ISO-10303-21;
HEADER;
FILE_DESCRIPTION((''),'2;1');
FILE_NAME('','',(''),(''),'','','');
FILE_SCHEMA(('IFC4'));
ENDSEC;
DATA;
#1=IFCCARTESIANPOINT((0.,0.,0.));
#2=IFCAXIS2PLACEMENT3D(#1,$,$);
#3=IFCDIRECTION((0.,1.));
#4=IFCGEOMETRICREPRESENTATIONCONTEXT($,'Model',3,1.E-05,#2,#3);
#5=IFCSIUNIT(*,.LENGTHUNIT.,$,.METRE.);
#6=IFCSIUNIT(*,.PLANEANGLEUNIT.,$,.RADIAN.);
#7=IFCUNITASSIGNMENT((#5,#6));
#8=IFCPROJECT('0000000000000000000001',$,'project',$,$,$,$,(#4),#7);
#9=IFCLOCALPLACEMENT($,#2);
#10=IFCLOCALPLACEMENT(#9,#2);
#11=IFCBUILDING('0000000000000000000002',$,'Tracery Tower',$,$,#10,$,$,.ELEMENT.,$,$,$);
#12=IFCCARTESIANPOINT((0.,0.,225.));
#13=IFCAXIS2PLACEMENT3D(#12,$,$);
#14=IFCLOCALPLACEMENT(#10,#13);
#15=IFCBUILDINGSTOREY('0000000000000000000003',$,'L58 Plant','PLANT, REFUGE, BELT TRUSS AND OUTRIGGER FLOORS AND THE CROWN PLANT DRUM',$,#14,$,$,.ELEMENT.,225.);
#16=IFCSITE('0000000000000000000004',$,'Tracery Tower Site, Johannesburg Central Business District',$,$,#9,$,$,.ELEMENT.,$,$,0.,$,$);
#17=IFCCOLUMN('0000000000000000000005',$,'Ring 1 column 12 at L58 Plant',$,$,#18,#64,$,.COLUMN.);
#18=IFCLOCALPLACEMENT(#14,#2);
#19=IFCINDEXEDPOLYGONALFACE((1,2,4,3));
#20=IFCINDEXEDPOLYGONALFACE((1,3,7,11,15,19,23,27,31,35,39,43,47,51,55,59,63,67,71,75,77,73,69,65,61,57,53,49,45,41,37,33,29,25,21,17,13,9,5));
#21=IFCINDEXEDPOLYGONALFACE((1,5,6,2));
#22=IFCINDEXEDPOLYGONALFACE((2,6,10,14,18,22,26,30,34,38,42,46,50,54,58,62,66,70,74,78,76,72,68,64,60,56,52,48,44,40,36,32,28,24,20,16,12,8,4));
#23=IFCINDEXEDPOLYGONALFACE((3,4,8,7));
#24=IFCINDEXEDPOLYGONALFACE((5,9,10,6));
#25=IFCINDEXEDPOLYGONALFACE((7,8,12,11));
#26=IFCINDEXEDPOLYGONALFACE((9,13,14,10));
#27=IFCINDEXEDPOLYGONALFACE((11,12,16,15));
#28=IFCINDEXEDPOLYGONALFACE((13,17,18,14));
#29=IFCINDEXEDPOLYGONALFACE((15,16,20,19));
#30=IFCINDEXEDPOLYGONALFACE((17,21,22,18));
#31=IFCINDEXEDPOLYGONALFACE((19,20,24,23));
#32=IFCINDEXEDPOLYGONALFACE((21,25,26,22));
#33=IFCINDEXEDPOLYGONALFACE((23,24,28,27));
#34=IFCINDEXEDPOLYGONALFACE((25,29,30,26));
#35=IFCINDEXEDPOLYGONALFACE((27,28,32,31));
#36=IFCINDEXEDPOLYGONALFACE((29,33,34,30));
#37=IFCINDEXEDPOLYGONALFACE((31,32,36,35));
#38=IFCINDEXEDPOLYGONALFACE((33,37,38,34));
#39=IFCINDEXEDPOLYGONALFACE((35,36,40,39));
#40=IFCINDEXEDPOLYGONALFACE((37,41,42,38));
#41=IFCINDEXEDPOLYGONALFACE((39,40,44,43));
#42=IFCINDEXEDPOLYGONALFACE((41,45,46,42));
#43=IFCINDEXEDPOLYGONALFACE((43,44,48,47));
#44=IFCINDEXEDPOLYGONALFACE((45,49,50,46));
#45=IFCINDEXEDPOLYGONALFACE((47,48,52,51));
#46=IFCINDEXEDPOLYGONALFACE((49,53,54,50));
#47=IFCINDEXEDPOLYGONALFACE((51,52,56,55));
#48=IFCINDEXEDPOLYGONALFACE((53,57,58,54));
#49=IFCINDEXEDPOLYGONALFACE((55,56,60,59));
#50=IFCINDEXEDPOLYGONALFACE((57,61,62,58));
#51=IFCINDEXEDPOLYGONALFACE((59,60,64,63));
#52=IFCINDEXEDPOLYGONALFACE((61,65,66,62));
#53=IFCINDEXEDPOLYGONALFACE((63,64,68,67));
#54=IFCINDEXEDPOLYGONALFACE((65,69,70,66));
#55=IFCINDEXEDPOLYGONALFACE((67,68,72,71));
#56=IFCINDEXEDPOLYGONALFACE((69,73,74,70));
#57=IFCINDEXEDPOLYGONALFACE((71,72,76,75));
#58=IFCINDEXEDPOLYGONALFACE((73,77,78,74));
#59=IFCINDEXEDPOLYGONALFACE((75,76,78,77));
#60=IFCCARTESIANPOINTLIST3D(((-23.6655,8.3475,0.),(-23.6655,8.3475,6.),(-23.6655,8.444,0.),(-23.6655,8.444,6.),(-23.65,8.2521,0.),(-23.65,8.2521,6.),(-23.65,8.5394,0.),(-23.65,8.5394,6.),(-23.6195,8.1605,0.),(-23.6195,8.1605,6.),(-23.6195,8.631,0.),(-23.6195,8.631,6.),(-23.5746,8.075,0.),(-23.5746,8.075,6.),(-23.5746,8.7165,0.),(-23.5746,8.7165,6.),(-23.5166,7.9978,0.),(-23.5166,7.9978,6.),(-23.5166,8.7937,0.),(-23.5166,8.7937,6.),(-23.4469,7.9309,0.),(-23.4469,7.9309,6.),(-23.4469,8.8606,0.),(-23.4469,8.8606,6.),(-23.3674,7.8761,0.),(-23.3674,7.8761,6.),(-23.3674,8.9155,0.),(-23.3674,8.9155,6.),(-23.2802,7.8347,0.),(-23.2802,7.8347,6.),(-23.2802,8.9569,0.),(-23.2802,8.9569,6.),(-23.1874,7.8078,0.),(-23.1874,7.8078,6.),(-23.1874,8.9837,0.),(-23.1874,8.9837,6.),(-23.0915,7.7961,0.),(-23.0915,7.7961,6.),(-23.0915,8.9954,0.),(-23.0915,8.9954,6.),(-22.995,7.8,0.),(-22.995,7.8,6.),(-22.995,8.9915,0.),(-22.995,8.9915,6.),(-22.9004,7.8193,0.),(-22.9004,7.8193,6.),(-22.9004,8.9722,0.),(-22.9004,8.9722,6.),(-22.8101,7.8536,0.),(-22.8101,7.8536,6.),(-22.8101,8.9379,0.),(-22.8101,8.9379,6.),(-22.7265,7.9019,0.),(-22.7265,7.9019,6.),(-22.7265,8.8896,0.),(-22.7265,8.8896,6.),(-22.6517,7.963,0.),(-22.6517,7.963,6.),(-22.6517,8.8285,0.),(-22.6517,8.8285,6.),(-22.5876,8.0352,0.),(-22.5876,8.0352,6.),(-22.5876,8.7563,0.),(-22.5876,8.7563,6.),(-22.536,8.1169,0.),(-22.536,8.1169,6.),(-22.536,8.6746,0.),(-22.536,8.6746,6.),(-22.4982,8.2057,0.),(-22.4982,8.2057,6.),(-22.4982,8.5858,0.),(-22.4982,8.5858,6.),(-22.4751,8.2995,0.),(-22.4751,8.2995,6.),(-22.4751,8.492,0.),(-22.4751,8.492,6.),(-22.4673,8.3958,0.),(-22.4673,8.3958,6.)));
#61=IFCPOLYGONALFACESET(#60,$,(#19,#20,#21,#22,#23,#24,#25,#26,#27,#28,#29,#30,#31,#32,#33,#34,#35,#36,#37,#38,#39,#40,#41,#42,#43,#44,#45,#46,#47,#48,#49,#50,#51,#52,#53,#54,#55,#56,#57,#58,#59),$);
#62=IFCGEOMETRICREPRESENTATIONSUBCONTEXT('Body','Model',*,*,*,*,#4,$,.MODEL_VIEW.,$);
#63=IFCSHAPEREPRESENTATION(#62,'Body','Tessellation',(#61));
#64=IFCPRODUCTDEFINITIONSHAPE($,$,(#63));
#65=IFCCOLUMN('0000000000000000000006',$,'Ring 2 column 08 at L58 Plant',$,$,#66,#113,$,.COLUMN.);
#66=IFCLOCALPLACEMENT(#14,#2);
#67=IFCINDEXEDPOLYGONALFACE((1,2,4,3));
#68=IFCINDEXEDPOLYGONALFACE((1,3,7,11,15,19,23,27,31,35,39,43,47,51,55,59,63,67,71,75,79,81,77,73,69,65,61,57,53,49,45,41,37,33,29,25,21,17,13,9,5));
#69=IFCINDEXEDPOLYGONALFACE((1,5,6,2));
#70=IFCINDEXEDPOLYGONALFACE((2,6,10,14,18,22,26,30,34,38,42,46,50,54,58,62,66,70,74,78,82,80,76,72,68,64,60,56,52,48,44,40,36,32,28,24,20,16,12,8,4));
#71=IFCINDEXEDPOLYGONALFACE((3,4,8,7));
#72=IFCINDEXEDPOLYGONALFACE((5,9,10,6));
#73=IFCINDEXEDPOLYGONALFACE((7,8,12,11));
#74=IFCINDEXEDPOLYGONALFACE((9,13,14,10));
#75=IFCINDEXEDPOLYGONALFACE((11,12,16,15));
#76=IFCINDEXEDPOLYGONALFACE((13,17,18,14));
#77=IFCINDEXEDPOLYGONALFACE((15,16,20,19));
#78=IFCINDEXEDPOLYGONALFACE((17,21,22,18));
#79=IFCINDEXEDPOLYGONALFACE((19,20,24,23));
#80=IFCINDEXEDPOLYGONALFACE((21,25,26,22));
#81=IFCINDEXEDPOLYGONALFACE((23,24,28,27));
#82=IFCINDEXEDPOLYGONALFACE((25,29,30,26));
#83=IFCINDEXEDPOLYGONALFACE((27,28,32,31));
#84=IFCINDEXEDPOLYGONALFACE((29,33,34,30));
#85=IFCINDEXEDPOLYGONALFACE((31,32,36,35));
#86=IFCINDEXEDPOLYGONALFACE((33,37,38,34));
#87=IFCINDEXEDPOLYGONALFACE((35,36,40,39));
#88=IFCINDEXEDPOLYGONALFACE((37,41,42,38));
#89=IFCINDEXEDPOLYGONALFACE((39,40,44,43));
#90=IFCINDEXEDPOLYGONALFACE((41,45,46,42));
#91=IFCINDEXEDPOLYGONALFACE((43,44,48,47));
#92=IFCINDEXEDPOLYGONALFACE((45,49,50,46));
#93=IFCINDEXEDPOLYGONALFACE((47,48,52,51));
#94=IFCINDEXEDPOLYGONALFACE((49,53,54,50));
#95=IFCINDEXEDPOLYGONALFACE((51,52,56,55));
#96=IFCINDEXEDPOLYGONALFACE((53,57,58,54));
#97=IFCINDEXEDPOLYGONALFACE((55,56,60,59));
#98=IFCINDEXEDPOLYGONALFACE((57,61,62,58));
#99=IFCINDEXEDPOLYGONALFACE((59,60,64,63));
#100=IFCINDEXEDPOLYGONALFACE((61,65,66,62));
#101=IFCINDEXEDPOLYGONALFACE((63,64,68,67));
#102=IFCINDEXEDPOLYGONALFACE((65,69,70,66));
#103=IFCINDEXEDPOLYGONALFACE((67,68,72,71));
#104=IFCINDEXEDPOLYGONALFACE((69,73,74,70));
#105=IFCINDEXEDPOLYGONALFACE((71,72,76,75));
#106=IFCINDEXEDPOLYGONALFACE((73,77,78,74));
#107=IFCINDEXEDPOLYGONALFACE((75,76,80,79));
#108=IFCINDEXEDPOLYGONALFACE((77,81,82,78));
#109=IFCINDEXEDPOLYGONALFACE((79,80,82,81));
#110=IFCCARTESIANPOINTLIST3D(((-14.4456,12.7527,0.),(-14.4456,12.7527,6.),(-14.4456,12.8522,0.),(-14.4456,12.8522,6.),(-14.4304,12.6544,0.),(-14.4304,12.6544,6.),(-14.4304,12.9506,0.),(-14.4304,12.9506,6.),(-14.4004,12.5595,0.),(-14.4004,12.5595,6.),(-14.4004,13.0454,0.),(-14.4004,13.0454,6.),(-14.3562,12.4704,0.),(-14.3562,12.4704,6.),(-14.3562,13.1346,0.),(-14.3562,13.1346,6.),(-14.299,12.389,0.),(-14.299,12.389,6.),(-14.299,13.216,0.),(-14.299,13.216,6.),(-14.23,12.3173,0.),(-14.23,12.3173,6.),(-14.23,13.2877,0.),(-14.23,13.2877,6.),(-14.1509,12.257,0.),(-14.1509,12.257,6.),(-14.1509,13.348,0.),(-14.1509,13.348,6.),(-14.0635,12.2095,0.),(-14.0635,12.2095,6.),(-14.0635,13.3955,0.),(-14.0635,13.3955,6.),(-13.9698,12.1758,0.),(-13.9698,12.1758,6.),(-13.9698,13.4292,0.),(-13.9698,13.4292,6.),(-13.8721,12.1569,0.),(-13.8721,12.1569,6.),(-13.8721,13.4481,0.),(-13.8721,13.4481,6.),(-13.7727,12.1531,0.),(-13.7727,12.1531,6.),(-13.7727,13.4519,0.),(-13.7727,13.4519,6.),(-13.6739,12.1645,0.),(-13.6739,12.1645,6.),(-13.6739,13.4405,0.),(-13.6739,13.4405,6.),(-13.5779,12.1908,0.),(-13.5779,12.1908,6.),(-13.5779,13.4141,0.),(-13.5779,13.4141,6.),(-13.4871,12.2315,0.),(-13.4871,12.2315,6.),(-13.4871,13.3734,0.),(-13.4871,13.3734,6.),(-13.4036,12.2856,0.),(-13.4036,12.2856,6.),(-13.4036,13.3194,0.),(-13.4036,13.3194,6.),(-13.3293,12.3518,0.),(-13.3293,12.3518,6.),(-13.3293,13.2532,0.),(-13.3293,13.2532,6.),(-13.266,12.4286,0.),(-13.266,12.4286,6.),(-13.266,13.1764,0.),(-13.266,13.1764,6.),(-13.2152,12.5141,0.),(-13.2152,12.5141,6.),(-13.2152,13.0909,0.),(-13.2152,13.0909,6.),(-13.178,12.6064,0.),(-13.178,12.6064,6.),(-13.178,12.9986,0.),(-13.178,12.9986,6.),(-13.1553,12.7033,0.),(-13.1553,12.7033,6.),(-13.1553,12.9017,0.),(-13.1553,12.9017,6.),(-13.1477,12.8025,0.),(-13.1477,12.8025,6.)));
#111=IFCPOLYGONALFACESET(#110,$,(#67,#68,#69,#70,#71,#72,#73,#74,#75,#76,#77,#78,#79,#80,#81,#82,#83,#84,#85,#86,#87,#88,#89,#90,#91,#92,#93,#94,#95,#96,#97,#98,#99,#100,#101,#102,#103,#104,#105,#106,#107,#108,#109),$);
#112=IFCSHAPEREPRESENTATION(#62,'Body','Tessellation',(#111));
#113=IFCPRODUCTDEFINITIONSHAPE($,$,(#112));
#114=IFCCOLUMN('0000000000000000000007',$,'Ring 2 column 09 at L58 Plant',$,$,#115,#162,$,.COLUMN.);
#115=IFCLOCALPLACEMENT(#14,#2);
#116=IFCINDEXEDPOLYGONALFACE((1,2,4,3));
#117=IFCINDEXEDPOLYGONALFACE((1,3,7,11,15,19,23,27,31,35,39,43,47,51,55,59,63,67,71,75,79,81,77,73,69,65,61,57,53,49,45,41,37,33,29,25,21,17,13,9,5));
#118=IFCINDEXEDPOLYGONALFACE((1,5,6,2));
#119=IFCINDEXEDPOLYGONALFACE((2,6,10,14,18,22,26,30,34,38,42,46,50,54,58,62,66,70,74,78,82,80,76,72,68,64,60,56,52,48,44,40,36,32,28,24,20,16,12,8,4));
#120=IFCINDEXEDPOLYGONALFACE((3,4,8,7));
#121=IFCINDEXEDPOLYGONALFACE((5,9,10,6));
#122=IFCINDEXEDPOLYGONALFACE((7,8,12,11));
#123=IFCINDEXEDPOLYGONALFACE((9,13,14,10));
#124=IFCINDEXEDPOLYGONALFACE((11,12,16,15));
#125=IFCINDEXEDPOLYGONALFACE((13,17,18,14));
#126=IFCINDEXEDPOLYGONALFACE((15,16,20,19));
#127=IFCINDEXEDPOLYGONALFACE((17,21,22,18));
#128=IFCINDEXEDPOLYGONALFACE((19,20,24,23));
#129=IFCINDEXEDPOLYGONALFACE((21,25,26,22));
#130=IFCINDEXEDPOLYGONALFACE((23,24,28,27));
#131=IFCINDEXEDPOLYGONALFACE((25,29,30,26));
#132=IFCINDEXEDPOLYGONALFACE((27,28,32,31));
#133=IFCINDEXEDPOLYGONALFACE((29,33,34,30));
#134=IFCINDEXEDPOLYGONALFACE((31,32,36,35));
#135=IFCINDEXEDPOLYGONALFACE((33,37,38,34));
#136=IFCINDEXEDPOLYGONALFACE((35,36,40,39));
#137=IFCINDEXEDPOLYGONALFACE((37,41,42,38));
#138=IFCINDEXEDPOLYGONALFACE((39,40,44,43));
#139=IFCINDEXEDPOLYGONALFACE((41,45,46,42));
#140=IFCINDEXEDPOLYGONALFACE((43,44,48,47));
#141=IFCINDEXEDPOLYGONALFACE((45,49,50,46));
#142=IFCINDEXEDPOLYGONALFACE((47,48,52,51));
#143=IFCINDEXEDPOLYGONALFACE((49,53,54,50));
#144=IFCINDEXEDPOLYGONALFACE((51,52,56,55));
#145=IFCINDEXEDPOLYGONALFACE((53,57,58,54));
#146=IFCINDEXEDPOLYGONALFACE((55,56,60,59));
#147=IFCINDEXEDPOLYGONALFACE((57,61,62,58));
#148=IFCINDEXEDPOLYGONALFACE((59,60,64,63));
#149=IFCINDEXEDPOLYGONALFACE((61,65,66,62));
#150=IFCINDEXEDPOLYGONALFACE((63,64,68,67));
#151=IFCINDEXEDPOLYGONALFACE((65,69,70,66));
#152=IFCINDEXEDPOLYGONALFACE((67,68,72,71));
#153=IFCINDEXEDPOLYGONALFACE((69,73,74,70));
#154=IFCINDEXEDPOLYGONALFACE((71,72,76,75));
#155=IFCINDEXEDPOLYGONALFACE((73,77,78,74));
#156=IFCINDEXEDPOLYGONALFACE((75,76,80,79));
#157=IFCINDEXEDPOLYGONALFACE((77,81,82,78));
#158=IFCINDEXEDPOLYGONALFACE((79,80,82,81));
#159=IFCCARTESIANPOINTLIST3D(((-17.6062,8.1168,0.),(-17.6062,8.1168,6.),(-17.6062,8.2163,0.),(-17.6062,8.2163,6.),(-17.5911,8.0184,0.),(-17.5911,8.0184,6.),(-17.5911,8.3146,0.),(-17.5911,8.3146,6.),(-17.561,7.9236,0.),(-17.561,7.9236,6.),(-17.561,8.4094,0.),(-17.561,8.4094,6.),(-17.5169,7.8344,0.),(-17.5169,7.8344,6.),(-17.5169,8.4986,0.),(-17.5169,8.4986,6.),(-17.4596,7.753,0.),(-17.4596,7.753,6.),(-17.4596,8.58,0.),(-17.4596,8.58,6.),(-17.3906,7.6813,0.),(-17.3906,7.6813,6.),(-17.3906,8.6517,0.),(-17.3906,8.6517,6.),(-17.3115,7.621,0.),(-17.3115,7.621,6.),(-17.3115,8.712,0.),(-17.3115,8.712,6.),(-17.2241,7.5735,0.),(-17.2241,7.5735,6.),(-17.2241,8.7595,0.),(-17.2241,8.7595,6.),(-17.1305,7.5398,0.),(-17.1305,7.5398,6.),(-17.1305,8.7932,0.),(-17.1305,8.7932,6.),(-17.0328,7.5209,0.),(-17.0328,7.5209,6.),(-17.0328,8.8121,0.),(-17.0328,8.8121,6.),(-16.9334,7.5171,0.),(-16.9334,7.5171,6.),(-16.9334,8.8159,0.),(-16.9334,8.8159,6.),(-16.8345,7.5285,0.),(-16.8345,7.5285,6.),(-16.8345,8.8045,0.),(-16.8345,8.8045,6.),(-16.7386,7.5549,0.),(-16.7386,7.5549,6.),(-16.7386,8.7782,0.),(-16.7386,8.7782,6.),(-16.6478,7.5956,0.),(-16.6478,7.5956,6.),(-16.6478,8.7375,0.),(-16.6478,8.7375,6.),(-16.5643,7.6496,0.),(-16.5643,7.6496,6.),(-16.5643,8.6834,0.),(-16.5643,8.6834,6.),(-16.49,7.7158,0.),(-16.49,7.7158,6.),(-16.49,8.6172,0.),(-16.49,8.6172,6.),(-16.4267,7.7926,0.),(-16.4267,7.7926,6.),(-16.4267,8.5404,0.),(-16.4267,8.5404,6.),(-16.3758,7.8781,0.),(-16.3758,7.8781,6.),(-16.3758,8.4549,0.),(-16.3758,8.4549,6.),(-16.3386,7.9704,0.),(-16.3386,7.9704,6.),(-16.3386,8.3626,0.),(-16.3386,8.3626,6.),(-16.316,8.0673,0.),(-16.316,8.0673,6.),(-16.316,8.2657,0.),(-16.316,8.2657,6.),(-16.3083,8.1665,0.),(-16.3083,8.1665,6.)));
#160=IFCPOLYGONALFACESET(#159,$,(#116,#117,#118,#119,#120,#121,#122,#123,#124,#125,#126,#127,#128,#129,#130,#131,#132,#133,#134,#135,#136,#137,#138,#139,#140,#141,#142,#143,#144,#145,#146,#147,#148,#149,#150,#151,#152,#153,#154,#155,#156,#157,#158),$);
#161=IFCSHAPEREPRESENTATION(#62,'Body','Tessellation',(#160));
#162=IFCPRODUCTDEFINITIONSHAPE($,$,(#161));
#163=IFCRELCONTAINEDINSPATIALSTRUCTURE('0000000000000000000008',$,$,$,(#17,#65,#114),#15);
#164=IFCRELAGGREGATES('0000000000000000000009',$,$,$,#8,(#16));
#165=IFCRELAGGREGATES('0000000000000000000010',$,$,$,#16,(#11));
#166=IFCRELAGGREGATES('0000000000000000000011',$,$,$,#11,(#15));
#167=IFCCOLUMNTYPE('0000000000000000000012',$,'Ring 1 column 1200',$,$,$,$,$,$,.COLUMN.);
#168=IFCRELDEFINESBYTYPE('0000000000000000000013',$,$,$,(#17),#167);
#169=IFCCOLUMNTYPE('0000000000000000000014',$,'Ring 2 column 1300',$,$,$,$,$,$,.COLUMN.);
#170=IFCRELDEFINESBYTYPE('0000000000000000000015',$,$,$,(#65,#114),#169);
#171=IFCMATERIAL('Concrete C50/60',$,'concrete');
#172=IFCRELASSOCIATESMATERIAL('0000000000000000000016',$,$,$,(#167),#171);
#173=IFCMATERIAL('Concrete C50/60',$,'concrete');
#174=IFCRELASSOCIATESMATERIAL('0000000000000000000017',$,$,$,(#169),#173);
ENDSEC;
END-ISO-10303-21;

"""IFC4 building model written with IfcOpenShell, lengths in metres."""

from ifc_helpers import new_model, si_unit, direction, frame, origin, origin_2d, place, context, subcontext, project, spatial, circle, extrude, material, material_profile, profile_set, type_object, element, save


model = new_model("IFC4")

# Units and contexts
model_context = context("Model", 3, precision=1e-05, world=origin(), true_north=direction((0.0, 1.0)))
body_context = subcontext(model_context, "Body", "Model", "MODEL_VIEW")
ifc_project = project(units=[si_unit("LENGTHUNIT", "METRE"), si_unit("PLANEANGLEUNIT", "RADIAN")], contexts=[model_context])

# Site, building, storey
site_placement = place(None, origin())
site = spatial("IfcSite", under=ifc_project, at=site_placement, Name="Tracery Tower Site, Johannesburg Central Business District", CompositionType="ELEMENT", RefElevation=0.0)
building_placement = place(site_placement, origin())
building = spatial("IfcBuilding", under=site, at=building_placement, Name="Tracery Tower", CompositionType="ELEMENT")
storey_placement = place(building_placement, frame((0.0, 0.0, 225.0)))
storey = spatial("IfcBuildingStorey", under=building, at=storey_placement, Name="L58 Plant", Description="PLANT, REFUGE, BELT TRUSS AND OUTRIGGER FLOORS AND THE CROWN PLANT DRUM", CompositionType="ELEMENT", Elevation=225.0)

# Columns
ifc_material_1 = material(Name="Concrete C50/60", Category="concrete")
ifc_material_profile_1 = material_profile(ifc_material_1, circle(Radius=0.6001, at=origin_2d()), Name="RC D1200")
ifc_profile_set_1 = profile_set([ifc_material_profile_1], Name="Concrete C50/60")
column_type_1 = type_object("IfcColumnType", Name="Ring 1 column 1200", PredefinedType="COLUMN", material=ifc_profile_set_1)
column_placement = place(storey_placement, frame((-23.0674, 8.3958, 0.0), z_axis=(0.0, 0.0, 1.0), x_axis=(1.0, 0.0, 0.0)))
element("IfcColumn", 1, at=column_placement, inside=storey, type_object=column_type_1, Name="Ring 1 column 12 at L58 Plant", PredefinedType="COLUMN", context=body_context, shape_type="SweptSolid", body=[
    extrude(circle(Radius=0.6001, at=origin_2d()), origin(), (0.0, 0.0, 1.0), 6.0),
])
ifc_material_2 = material(Name="Concrete C50/60", Category="concrete")
ifc_material_profile_2 = material_profile(ifc_material_2, circle(Radius=0.6499, at=origin_2d()), Name="RC D1300")
ifc_profile_set_2 = profile_set([ifc_material_profile_2], Name="Concrete C50/60")
column_type_2 = type_object("IfcColumnType", Name="Ring 2 column 1300", PredefinedType="COLUMN", material=ifc_profile_set_2)
for number, where, z_axis, x_axis, name in (
    (2, (-13.7976, 12.8025, 0.0), (0.0, 0.0, 1.0), (1.0, 0.0, 0.0), "Ring 2 column 08 at L58 Plant"),
    (3, (-16.9583, 8.1665, 0.0), (0.0, 0.0, 1.0), (1.0, 0.0, 0.0), "Ring 2 column 09 at L58 Plant"),
):
    element("IfcColumn", number, at=place(storey_placement, frame(where, z_axis=z_axis, x_axis=x_axis)), inside=storey, type_object=column_type_2, Name=name, PredefinedType="COLUMN", context=body_context, shape_type="SweptSolid", body=[
        extrude(circle(Radius=0.6499, at=origin_2d()), origin(), (0.0, 0.0, 1.0), 6.0),
    ])

save(model, "model.ifc")
